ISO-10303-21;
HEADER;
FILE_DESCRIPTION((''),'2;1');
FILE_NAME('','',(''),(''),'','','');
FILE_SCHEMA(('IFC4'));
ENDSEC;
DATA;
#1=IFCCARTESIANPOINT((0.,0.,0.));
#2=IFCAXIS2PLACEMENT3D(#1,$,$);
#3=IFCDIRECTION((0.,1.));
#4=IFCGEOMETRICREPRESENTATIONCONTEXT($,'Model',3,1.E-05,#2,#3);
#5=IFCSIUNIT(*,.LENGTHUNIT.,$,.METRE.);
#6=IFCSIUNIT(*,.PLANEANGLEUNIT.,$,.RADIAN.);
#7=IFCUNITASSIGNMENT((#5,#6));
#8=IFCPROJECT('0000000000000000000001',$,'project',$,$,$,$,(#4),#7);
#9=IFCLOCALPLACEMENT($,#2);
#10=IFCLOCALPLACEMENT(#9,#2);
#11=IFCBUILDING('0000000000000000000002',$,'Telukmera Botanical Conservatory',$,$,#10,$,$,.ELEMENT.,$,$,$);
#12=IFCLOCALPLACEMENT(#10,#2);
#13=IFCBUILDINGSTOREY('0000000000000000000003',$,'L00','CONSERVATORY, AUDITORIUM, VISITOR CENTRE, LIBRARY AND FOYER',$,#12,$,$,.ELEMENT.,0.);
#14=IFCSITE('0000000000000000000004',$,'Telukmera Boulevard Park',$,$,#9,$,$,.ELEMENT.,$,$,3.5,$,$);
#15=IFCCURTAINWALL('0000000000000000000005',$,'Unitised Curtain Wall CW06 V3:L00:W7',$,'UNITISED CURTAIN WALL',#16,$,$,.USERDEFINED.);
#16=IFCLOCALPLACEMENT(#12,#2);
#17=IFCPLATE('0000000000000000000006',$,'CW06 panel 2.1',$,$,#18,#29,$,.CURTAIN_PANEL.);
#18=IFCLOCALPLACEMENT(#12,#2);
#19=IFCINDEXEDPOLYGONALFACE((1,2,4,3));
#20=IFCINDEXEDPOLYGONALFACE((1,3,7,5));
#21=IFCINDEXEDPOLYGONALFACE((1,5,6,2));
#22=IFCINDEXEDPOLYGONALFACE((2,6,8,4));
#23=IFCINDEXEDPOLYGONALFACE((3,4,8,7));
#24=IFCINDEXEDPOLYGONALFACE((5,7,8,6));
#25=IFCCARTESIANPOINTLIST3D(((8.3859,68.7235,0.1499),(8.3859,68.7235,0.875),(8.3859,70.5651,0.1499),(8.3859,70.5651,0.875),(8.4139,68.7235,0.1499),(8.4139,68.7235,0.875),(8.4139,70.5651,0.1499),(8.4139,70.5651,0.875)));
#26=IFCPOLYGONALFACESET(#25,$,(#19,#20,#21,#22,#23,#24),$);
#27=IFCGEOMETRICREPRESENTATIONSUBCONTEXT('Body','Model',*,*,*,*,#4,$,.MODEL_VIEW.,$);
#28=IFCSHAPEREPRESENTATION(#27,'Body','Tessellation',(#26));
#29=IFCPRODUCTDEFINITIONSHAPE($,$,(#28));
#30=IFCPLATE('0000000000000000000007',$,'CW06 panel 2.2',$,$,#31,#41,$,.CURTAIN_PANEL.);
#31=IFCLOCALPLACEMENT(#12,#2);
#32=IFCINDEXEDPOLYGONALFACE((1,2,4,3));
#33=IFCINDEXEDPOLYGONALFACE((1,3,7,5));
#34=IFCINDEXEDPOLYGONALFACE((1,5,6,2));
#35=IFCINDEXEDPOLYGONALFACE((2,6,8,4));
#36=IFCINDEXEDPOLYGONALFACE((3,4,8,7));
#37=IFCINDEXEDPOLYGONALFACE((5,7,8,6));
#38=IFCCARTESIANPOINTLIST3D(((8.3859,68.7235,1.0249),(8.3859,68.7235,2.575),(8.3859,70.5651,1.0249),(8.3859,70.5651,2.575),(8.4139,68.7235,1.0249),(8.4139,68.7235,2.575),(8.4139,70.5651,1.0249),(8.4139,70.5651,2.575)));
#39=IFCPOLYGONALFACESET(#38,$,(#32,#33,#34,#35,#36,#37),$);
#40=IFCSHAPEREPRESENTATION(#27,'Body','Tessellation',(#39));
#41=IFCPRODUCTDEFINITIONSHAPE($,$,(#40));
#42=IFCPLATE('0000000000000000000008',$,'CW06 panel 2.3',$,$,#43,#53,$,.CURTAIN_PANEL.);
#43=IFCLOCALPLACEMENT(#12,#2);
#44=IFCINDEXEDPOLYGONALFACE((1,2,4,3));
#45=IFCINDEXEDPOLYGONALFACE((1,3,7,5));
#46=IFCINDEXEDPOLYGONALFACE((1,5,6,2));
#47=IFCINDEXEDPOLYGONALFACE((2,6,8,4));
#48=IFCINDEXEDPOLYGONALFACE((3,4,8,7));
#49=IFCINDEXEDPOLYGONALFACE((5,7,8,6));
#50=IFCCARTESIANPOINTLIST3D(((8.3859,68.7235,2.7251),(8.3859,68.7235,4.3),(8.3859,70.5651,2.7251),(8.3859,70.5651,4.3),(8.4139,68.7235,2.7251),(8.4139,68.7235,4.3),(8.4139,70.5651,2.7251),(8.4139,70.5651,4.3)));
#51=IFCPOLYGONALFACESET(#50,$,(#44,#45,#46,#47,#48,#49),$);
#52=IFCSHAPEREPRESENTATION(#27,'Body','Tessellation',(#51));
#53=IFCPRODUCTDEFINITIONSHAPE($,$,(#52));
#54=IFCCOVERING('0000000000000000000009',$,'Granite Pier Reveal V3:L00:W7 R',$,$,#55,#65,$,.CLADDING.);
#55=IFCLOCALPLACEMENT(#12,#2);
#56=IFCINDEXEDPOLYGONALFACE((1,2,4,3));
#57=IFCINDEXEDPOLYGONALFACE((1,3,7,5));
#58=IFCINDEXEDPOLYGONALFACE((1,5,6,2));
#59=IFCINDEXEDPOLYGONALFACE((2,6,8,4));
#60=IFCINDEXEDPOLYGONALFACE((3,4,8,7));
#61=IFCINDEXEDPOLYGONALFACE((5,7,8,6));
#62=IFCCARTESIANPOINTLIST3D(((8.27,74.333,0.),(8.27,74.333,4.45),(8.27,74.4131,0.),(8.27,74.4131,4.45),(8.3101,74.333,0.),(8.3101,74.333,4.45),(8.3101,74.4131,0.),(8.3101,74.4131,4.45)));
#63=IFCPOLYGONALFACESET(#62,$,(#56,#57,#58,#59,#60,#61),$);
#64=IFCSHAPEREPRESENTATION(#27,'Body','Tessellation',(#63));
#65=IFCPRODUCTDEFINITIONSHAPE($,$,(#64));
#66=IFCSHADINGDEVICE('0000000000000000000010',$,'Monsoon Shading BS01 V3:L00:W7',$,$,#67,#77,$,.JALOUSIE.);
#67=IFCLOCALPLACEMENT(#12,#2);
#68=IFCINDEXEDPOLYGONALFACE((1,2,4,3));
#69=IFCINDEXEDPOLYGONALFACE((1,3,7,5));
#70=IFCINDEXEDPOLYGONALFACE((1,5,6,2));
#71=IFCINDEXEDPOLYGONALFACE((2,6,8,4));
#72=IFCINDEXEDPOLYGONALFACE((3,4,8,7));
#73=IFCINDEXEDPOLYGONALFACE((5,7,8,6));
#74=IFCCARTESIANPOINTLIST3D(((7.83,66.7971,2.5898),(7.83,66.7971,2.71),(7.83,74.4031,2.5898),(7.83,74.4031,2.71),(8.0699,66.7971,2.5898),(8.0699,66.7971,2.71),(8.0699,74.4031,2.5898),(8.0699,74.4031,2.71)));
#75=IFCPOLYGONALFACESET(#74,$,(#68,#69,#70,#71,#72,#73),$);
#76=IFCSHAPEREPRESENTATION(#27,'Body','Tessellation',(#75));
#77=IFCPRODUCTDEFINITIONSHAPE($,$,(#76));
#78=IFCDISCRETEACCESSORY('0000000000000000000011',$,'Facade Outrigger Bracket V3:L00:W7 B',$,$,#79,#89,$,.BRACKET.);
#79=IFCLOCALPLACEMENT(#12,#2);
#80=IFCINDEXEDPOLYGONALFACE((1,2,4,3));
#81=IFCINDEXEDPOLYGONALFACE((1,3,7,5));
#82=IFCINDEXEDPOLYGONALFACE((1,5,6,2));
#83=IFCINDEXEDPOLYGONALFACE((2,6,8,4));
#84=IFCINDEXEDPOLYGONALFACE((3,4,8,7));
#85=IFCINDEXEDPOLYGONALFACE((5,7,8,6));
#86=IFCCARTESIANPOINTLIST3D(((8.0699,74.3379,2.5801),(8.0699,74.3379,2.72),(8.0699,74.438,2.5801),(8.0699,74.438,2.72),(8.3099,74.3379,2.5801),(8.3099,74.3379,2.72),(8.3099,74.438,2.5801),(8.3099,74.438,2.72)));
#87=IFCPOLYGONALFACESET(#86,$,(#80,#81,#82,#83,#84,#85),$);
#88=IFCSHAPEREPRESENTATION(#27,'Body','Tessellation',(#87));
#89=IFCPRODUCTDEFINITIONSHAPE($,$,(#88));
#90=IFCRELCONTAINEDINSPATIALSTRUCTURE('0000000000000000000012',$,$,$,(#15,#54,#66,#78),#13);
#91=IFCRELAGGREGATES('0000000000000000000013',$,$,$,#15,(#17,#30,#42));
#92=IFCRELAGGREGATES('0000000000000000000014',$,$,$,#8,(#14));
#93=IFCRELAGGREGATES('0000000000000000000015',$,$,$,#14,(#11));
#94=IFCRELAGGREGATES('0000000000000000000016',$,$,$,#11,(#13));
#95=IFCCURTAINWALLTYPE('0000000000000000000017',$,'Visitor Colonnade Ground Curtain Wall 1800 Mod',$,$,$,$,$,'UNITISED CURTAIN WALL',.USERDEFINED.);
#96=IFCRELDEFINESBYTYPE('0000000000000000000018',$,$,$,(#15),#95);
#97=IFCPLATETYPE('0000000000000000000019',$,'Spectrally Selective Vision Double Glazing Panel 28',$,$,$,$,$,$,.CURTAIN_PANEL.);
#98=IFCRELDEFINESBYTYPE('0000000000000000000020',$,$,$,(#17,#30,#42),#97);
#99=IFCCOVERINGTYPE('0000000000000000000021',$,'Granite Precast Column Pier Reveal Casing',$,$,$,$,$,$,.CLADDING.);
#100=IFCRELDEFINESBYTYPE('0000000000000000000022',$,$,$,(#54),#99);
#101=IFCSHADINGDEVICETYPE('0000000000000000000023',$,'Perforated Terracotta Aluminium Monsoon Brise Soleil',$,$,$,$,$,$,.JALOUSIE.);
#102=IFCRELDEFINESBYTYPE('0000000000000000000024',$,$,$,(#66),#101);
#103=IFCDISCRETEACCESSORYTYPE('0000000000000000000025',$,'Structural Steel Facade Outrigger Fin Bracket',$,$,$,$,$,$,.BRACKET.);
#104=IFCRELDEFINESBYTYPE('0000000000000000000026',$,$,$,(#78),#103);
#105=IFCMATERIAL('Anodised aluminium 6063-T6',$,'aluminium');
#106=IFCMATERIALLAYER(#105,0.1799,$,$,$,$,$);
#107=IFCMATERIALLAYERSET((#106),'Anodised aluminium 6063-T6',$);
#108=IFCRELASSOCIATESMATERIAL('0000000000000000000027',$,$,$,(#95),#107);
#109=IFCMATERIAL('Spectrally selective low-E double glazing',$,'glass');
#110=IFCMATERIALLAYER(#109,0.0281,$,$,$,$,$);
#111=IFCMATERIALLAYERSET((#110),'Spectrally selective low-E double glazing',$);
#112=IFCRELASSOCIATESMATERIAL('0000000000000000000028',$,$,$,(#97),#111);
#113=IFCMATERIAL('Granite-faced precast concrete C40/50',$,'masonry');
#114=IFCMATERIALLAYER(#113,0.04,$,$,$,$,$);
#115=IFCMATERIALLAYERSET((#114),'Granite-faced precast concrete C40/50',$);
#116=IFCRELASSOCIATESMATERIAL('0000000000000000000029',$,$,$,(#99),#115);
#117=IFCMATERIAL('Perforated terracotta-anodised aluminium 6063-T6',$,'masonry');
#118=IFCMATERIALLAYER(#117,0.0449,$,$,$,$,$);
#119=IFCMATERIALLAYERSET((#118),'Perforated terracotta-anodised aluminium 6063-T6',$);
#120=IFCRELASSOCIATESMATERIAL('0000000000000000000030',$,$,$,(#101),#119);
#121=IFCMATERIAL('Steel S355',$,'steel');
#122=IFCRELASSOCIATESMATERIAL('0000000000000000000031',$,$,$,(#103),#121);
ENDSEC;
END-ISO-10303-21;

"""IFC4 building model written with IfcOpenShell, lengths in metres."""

from ifc_helpers import new_model, si_unit, direction, frame, origin, origin_2d, place, context, subcontext, project, spatial, rectangle, extrude, material, layer, layer_set, type_object, element, aggregate, save


model = new_model("IFC4")

# Units and contexts
model_context = context("Model", 3, precision=1e-05, world=origin(), true_north=direction((0.0, 1.0)))
body_context = subcontext(model_context, "Body", "Model", "MODEL_VIEW")
ifc_project = project(units=[si_unit("LENGTHUNIT", "METRE"), si_unit("PLANEANGLEUNIT", "RADIAN")], contexts=[model_context])

# Site, building, storey
site_placement = place(None, origin())
site = spatial("IfcSite", under=ifc_project, at=site_placement, Name="Telukmera Boulevard Park", CompositionType="ELEMENT", RefElevation=3.5)
building_placement = place(site_placement, origin())
building = spatial("IfcBuilding", under=site, at=building_placement, Name="Telukmera Botanical Conservatory", CompositionType="ELEMENT")
storey_placement = place(building_placement, origin())
storey = spatial("IfcBuildingStorey", under=building, at=storey_placement, Name="L00", Description="CONSERVATORY, AUDITORIUM, VISITOR CENTRE, LIBRARY AND FOYER", CompositionType="ELEMENT", Elevation=0.0)

# Curtain wall, plates
ifc_material_1 = material(Name="Anodised aluminium 6063-T6", Category="aluminium")
ifc_layer_1 = layer(ifc_material_1, 0.1799)
ifc_layer_set_1 = layer_set([ifc_layer_1], Name="Anodised aluminium 6063-T6")
curtain_wall_type = type_object("IfcCurtainWallType", Name="Visitor Colonnade Ground Curtain Wall 1800 Mod", ElementType="UNITISED CURTAIN WALL", PredefinedType="USERDEFINED", material=ifc_layer_set_1)
curtain_wall_placement = place(storey_placement, origin())
curtain_wall = element("IfcCurtainWall", 1, at=curtain_wall_placement, inside=storey, type_object=curtain_wall_type, Name="Unitised Curtain Wall CW06 V3:L00:W7", ObjectType="UNITISED CURTAIN WALL", PredefinedType="USERDEFINED")
ifc_material_2 = material(Name="Spectrally selective low-E double glazing", Category="glass")
ifc_layer_2 = layer(ifc_material_2, 0.0281)
ifc_layer_set_2 = layer_set([ifc_layer_2], Name="Spectrally selective low-E double glazing")
plate_type = type_object("IfcPlateType", Name="Spectrally Selective Vision Double Glazing Panel 28", PredefinedType="CURTAIN_PANEL", material=ifc_layer_set_2)
plate_1_placement = place(storey_placement, frame((8.3999, 69.6443, 0.1499), z_axis=(0.0, 0.0, 1.0), x_axis=(0.0, 1.0, 0.0)))
plate_1 = element("IfcPlate", 2, at=plate_1_placement, type_object=plate_type, Name="CW06 panel 2.1", PredefinedType="CURTAIN_PANEL", context=body_context, shape_type="SweptSolid", body=[
    extrude(rectangle(XDim=1.8416, YDim=0.0281, at=origin_2d()), origin(), (0.0, 0.0, 1.0), 0.7251),
])
plate_2_placement = place(storey_placement, frame((8.3999, 69.6443, 1.0249), z_axis=(0.0, 0.0, 1.0), x_axis=(0.0, 1.0, 0.0)))
plate_2 = element("IfcPlate", 3, at=plate_2_placement, type_object=plate_type, Name="CW06 panel 2.2", PredefinedType="CURTAIN_PANEL", context=body_context, shape_type="SweptSolid", body=[
    extrude(rectangle(XDim=1.8416, YDim=0.0281, at=origin_2d()), origin(), (0.0, 0.0, 1.0), 1.55),
])
plate_3_placement = place(storey_placement, frame((8.3999, 69.6443, 2.7251), z_axis=(0.0, 0.0, 1.0), x_axis=(0.0, 1.0, 0.0)))
plate_3 = element("IfcPlate", 4, at=plate_3_placement, type_object=plate_type, Name="CW06 panel 2.3", PredefinedType="CURTAIN_PANEL", context=body_context, shape_type="SweptSolid", body=[
    extrude(rectangle(XDim=1.8416, YDim=0.0281, at=origin_2d()), origin(), (0.0, 0.0, 1.0), 1.575),
])
aggregate(curtain_wall, [plate_1, plate_2, plate_3])

# Covering
ifc_material_3 = material(Name="Granite-faced precast concrete C40/50", Category="masonry")
ifc_layer_3 = layer(ifc_material_3, 0.04)
ifc_layer_set_3 = layer_set([ifc_layer_3], Name="Granite-faced precast concrete C40/50")
covering_type = type_object("IfcCoveringType", Name="Granite Precast Column Pier Reveal Casing", PredefinedType="CLADDING", material=ifc_layer_set_3)
covering_placement = place(storey_placement, frame((8.29, 74.373, 0.0), z_axis=(0.0, 0.0, 1.0), x_axis=(0.0, 1.0, 0.0)))
element("IfcCovering", 5, at=covering_placement, inside=storey, type_object=covering_type, Name="Granite Pier Reveal V3:L00:W7 R", PredefinedType="CLADDING", context=body_context, shape_type="SweptSolid", body=[
    extrude(rectangle(XDim=0.0801, YDim=0.04, at=origin_2d()), origin(), (0.0, 0.0, 1.0), 4.45),
])

# Shading device
ifc_material_4 = material(Name="Perforated terracotta-anodised aluminium 6063-T6", Category="masonry")
ifc_layer_4 = layer(ifc_material_4, 0.0449)
ifc_layer_set_4 = layer_set([ifc_layer_4], Name="Perforated terracotta-anodised aluminium 6063-T6")
shading_device_type = type_object("IfcShadingDeviceType", Name="Perforated Terracotta Aluminium Monsoon Brise Soleil", PredefinedType="JALOUSIE", material=ifc_layer_set_4)
shading_device_placement = place(storey_placement, frame((7.95, 70.6001, 2.5898), z_axis=(0.0, 0.0, 1.0), x_axis=(0.0, 1.0, 0.0)))
element("IfcShadingDevice", 6, at=shading_device_placement, inside=storey, type_object=shading_device_type, Name="Monsoon Shading BS01 V3:L00:W7", PredefinedType="JALOUSIE", context=body_context, shape_type="SweptSolid", body=[
    extrude(rectangle(XDim=7.606, YDim=0.24, at=origin_2d()), origin(), (0.0, 0.0, 1.0), 0.1201),
])

# Discrete accessory
ifc_material_5 = material(Name="Steel S355", Category="steel")
discrete_accessory_type = type_object("IfcDiscreteAccessoryType", Name="Structural Steel Facade Outrigger Fin Bracket", PredefinedType="BRACKET", material=ifc_material_5)
discrete_accessory_placement = place(storey_placement, frame((8.1899, 74.3879, 2.5801), z_axis=(0.0, 0.0, 1.0), x_axis=(0.0, 1.0, 0.0)))
element("IfcDiscreteAccessory", 7, at=discrete_accessory_placement, inside=storey, type_object=discrete_accessory_type, Name="Facade Outrigger Bracket V3:L00:W7 B", PredefinedType="BRACKET", context=body_context, shape_type="SweptSolid", body=[
    extrude(rectangle(XDim=0.1001, YDim=0.24, at=origin_2d()), origin(), (0.0, 0.0, 1.0), 0.1399),
])

save(model, "model.ifc")
